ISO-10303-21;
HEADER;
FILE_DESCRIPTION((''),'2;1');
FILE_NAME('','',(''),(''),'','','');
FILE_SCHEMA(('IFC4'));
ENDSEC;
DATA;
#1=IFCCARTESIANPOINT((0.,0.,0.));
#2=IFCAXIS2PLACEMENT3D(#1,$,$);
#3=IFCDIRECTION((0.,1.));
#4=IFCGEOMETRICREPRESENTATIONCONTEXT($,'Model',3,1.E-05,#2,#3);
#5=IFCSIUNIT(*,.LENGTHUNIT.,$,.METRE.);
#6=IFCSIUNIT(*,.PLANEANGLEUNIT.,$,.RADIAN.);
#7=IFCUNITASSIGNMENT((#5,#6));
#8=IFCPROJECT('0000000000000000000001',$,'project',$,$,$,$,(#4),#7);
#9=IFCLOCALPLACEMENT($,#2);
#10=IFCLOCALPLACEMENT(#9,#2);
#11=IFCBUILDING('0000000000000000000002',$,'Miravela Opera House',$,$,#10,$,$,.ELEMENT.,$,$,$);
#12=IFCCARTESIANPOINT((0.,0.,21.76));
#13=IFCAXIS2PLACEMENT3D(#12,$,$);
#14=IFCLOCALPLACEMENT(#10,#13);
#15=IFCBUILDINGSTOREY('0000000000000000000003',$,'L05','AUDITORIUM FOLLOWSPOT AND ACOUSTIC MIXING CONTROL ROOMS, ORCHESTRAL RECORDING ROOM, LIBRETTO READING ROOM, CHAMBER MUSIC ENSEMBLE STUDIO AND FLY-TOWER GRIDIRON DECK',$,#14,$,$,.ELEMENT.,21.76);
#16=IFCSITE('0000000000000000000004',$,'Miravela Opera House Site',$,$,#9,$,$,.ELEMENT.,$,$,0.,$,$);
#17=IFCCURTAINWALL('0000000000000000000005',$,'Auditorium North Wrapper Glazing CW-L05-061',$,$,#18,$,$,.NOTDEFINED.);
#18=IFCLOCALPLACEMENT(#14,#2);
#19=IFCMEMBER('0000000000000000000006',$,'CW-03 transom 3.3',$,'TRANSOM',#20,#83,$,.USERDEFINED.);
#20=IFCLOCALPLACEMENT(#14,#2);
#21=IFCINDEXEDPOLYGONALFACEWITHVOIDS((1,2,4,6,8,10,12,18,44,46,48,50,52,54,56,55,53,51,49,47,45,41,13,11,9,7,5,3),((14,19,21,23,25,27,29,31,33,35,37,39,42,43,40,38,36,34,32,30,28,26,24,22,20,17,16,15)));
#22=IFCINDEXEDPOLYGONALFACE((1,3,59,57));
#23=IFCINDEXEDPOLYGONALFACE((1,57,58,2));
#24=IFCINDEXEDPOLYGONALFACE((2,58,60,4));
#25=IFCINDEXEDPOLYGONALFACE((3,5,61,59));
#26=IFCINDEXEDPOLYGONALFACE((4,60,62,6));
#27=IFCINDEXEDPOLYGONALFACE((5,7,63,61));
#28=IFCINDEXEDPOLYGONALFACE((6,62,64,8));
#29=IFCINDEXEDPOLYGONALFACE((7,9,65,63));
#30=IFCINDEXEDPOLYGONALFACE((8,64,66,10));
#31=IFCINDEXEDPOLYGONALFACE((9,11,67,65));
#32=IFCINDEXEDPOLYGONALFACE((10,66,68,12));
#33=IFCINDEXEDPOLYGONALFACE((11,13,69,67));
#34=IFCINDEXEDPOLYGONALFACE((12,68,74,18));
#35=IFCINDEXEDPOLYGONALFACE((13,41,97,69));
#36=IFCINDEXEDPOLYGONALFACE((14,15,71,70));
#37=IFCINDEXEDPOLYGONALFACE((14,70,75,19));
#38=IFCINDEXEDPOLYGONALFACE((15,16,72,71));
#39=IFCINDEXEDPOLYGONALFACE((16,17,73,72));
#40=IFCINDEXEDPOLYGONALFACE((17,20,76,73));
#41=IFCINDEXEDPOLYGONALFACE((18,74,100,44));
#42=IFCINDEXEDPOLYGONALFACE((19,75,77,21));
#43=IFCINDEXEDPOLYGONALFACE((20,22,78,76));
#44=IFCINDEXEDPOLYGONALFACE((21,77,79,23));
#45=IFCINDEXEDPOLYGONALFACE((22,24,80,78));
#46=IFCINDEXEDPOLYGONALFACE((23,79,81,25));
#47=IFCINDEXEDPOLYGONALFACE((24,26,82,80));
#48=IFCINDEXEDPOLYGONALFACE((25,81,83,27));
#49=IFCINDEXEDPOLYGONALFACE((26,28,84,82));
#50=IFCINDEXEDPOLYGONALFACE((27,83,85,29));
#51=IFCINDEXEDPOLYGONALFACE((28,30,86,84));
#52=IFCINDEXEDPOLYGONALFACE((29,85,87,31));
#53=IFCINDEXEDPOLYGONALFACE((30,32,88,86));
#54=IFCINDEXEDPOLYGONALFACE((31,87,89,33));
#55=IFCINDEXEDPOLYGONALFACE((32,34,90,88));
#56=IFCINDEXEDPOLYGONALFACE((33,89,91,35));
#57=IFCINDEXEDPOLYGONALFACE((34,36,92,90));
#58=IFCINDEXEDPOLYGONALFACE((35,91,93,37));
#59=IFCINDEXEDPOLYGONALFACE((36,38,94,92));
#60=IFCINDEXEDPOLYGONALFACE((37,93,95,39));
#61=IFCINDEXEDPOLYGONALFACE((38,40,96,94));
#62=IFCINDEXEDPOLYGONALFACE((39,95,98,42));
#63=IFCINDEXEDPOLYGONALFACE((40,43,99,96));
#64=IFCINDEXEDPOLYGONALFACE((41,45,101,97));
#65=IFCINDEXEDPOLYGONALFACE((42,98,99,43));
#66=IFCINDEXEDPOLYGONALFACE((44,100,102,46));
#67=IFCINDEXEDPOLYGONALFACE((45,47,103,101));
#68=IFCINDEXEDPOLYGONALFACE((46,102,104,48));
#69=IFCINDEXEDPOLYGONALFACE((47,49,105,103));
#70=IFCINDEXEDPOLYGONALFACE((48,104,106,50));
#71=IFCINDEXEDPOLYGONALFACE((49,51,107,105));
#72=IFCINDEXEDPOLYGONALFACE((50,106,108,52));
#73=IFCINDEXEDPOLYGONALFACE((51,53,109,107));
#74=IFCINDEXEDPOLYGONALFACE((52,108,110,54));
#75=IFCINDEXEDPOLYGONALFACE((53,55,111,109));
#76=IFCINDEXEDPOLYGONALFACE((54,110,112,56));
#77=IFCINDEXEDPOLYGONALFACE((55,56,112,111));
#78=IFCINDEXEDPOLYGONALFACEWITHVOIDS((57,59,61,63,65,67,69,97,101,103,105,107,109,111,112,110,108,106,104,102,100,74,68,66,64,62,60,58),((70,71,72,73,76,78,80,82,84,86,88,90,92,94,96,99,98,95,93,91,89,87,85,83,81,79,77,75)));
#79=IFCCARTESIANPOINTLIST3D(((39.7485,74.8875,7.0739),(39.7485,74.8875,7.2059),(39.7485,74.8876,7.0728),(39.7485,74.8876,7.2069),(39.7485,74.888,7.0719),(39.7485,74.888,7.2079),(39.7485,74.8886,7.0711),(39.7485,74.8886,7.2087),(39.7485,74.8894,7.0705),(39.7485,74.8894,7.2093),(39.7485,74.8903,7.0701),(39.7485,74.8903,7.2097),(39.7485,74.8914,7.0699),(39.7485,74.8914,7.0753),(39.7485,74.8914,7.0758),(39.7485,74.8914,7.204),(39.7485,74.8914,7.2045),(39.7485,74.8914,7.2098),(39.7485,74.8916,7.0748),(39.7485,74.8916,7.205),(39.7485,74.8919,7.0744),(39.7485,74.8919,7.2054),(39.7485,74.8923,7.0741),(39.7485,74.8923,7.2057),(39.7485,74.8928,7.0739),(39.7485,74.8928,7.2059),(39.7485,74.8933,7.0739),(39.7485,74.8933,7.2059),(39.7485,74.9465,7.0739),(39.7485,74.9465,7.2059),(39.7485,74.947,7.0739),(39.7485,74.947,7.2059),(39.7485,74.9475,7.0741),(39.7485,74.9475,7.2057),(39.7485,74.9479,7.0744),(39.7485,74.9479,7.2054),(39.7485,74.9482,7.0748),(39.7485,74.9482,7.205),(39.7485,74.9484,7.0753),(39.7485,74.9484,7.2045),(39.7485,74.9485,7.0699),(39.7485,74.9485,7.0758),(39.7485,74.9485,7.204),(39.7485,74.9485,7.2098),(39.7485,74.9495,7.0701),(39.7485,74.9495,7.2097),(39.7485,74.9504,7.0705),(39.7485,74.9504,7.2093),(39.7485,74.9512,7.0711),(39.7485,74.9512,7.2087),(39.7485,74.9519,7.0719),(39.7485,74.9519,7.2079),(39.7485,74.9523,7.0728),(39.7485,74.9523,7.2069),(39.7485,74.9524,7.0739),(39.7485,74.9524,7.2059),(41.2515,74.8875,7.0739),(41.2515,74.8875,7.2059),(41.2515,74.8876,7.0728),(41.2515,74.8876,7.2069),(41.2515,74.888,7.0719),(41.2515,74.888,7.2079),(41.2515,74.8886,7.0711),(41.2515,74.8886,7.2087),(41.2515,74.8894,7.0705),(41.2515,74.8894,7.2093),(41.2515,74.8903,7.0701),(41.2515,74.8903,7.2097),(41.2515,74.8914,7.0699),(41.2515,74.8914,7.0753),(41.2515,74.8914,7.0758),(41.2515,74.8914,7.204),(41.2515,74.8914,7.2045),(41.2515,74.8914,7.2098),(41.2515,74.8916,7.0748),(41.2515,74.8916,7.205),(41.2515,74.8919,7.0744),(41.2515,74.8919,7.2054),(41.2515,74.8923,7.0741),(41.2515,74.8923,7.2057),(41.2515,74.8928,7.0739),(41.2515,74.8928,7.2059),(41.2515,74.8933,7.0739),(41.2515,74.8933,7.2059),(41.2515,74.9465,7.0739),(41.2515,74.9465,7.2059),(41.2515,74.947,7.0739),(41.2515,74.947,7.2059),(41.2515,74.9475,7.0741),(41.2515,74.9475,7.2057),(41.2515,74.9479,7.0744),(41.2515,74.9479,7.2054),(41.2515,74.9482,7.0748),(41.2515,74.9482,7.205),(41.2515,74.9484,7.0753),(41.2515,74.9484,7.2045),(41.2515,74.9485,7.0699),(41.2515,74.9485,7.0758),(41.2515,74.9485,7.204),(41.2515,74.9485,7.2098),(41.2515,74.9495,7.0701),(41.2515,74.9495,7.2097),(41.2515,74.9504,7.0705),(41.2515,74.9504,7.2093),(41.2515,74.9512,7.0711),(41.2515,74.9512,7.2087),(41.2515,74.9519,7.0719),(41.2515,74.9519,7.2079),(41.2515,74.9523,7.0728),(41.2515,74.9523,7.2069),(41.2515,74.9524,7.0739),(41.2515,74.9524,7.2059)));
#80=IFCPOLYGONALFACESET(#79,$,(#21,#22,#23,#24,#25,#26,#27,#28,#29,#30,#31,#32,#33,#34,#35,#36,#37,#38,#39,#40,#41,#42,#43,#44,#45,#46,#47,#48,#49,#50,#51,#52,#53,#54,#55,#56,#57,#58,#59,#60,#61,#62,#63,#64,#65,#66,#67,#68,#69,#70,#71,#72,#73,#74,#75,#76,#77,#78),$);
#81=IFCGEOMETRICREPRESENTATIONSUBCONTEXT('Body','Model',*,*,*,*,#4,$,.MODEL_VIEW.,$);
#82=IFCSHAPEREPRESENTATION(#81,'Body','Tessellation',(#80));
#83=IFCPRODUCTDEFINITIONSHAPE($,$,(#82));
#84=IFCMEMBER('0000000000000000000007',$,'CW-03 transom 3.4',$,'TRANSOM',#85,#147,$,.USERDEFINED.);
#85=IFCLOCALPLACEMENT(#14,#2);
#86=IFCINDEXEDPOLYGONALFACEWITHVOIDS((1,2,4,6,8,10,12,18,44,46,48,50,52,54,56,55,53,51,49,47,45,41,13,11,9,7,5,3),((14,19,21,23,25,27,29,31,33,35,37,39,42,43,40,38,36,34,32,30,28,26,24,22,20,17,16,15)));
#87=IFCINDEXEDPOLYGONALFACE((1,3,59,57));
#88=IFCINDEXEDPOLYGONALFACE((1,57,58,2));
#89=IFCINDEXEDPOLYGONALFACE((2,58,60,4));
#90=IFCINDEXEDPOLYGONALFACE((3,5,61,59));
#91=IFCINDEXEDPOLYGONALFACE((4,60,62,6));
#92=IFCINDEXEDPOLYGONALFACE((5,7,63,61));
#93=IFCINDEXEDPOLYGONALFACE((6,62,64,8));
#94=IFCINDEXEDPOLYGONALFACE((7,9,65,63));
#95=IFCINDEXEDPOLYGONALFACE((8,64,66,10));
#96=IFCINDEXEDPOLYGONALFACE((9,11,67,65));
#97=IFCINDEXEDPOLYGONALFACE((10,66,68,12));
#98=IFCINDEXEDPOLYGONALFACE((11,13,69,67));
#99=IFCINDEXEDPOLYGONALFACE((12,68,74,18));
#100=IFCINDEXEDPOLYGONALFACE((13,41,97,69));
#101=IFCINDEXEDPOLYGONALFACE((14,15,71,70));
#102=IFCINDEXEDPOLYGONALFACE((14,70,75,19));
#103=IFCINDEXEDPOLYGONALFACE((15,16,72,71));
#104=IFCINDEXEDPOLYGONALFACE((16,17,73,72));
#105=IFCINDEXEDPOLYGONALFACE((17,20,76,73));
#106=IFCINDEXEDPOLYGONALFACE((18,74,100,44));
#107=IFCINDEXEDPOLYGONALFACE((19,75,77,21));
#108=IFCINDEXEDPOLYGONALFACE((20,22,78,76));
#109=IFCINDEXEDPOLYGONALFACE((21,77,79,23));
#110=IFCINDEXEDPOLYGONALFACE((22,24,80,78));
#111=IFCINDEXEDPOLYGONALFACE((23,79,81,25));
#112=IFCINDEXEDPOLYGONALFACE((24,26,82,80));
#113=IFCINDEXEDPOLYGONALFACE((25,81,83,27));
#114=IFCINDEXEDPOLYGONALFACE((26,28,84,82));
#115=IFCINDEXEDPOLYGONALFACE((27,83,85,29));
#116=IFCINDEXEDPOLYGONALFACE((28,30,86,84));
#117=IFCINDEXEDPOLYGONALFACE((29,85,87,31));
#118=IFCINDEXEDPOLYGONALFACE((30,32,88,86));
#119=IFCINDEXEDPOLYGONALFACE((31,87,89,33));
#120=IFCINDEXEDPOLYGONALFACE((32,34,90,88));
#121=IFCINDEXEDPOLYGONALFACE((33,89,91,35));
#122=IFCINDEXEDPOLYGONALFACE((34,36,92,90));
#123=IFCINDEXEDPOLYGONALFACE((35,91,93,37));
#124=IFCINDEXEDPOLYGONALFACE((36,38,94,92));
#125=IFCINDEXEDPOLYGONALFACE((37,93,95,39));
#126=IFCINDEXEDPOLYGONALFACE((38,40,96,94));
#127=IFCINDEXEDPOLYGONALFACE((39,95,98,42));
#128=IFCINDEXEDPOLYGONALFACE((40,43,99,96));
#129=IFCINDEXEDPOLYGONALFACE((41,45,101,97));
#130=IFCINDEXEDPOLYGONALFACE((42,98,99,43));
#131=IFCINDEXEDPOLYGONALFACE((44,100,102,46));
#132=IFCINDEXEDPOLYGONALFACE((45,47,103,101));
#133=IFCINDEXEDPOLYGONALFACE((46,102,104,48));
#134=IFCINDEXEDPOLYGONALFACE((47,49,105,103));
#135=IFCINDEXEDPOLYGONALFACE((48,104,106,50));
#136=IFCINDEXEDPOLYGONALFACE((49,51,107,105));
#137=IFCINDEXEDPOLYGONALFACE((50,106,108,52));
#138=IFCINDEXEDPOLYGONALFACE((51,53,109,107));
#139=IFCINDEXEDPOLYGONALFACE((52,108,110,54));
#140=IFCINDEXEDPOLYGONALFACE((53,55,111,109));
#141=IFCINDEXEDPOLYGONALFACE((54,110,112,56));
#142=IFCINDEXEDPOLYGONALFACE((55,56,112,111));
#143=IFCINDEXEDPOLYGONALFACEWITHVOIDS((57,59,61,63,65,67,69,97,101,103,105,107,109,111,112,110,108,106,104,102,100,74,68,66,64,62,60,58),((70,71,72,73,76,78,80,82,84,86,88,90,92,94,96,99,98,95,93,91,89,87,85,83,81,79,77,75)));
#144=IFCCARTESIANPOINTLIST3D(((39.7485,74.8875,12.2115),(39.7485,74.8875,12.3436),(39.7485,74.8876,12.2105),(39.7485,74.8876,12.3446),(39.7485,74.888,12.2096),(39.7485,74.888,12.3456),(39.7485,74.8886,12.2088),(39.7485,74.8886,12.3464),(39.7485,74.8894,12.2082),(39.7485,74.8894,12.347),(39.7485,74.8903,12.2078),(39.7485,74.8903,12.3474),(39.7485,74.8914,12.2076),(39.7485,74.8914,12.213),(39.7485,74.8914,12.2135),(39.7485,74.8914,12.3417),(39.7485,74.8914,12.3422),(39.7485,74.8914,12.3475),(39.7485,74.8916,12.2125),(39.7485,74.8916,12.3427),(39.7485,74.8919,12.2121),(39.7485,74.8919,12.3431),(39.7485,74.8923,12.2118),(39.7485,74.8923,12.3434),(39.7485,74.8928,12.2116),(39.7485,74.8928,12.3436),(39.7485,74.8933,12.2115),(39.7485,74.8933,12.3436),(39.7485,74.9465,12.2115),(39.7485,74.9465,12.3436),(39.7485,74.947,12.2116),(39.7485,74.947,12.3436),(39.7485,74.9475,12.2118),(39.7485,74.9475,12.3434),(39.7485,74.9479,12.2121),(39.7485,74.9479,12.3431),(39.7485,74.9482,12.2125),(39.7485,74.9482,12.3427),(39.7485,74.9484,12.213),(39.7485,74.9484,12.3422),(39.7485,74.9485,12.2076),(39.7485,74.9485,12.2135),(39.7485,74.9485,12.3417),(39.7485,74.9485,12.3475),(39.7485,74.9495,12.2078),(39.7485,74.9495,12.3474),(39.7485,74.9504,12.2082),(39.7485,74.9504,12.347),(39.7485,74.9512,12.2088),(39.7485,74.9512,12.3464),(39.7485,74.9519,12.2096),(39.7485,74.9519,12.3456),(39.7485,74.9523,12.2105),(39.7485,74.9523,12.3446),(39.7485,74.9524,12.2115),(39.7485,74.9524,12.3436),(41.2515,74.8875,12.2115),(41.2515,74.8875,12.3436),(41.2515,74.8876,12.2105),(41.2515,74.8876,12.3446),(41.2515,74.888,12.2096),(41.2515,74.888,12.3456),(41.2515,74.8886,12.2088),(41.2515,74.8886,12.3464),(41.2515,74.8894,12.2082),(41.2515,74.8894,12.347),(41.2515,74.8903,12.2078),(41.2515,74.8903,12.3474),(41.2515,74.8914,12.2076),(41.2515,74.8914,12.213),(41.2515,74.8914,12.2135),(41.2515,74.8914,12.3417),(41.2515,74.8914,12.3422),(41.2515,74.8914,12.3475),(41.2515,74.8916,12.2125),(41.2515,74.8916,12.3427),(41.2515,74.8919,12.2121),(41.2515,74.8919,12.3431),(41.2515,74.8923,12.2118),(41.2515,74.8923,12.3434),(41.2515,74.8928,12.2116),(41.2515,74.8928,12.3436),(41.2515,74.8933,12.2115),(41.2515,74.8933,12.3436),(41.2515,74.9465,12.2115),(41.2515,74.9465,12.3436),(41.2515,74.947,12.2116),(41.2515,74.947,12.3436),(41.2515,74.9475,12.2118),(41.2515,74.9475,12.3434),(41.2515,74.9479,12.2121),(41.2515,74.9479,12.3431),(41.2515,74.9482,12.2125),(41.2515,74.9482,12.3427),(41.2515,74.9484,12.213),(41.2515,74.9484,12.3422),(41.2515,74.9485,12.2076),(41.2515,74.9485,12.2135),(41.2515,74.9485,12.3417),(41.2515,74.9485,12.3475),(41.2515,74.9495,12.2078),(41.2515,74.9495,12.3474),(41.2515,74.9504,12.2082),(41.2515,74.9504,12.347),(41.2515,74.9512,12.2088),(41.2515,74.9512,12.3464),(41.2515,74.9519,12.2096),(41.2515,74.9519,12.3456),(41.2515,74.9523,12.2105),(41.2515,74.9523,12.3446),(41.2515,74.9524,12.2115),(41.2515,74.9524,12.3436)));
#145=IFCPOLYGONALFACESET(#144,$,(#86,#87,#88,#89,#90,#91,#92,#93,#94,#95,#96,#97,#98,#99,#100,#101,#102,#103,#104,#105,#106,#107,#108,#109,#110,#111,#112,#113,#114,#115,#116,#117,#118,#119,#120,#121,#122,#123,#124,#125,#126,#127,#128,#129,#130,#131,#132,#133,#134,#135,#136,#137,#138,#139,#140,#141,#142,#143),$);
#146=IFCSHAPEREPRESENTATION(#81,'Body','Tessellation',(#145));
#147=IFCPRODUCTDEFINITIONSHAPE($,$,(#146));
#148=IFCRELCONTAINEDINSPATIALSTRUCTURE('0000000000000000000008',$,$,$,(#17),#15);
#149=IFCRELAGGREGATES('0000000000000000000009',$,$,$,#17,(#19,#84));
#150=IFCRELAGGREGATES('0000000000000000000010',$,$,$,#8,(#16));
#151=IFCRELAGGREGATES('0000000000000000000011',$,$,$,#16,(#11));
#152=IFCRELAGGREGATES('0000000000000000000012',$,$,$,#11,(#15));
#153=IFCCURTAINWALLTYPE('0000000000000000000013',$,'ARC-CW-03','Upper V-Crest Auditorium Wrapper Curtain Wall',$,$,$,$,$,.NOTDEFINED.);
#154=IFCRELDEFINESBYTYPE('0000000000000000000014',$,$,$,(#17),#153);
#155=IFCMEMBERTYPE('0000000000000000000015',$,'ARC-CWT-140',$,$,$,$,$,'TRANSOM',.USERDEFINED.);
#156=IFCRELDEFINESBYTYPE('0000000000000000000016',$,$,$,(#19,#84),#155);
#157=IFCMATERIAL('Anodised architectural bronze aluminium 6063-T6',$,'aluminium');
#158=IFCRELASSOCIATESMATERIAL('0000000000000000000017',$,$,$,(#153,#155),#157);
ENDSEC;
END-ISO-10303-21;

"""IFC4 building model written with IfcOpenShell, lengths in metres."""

from ifc_helpers import new_model, si_unit, direction, frame, origin, origin_2d, place, context, subcontext, project, spatial, hollow_rectangle, extrude, material, material_profile, profile_set, type_object, element, aggregate, save


model = new_model("IFC4")

# Units and contexts
model_context = context("Model", 3, precision=1e-05, world=origin(), true_north=direction((0.0, 1.0)))
body_context = subcontext(model_context, "Body", "Model", "MODEL_VIEW")
ifc_project = project(units=[si_unit("LENGTHUNIT", "METRE"), si_unit("PLANEANGLEUNIT", "RADIAN")], contexts=[model_context])

# Site, building, storey
site_placement = place(None, origin())
site = spatial("IfcSite", under=ifc_project, at=site_placement, Name="Miravela Opera House Site", CompositionType="ELEMENT", RefElevation=0.0)
building_placement = place(site_placement, origin())
building = spatial("IfcBuilding", under=site, at=building_placement, Name="Miravela Opera House", CompositionType="ELEMENT")
storey_placement = place(building_placement, frame((0.0, 0.0, 21.76)))
storey = spatial("IfcBuildingStorey", under=building, at=storey_placement, Name="L05", Description="AUDITORIUM FOLLOWSPOT AND ACOUSTIC MIXING CONTROL ROOMS, ORCHESTRAL RECORDING ROOM, LIBRETTO READING ROOM, CHAMBER MUSIC ENSEMBLE STUDIO AND FLY-TOWER GRIDIRON DECK", CompositionType="ELEMENT", Elevation=21.76)

# Curtain wall, members
ifc_material_1 = material(Name="Anodised architectural bronze aluminium 6063-T6", Category="aluminium")
curtain_wall_type = type_object("IfcCurtainWallType", Name="ARC-CW-03", Description="Upper V-Crest Auditorium Wrapper Curtain Wall", PredefinedType="NOTDEFINED", material=ifc_material_1)
curtain_wall_placement = place(storey_placement, origin())
curtain_wall = element("IfcCurtainWall", 1, at=curtain_wall_placement, inside=storey, type_object=curtain_wall_type, Name="Auditorium North Wrapper Glazing CW-L05-061", PredefinedType="NOTDEFINED")
ifc_material_profile = material_profile(ifc_material_1, hollow_rectangle(XDim=0.0649, YDim=0.1399, WallThickness=0.0039, InnerFilletRadius=0.002, OuterFilletRadius=0.0039, at=origin_2d()), Name="CWT-65X140")
ifc_profile_set = profile_set([ifc_material_profile])
member_type = type_object("IfcMemberType", Name="ARC-CWT-140", ElementType="TRANSOM", PredefinedType="USERDEFINED", material=ifc_profile_set)
member_1_placement = place(storey_placement, frame((39.7485, 74.9199, 7.1399), z_axis=(1.0, 0.0, 0.0), x_axis=(0.0, 1.0, 0.0)))
member_1 = element("IfcMember", 2, at=member_1_placement, type_object=member_type, Name="CW-03 transom 3.3", ObjectType="TRANSOM", PredefinedType="USERDEFINED", context=body_context, shape_type="SweptSolid", body=[
    extrude(hollow_rectangle(XDim=0.0649, YDim=0.1399, WallThickness=0.0039, InnerFilletRadius=0.002, OuterFilletRadius=0.0039, at=origin_2d()), origin(), (0.0, 0.0, 1.0), 1.5029),
])
member_2_placement = place(storey_placement, frame((39.7485, 74.9199, 12.2776), z_axis=(1.0, 0.0, 0.0), x_axis=(0.0, 1.0, 0.0)))
member_2 = element("IfcMember", 3, at=member_2_placement, type_object=member_type, Name="CW-03 transom 3.4", ObjectType="TRANSOM", PredefinedType="USERDEFINED", context=body_context, shape_type="SweptSolid", body=[
    extrude(hollow_rectangle(XDim=0.0649, YDim=0.1399, WallThickness=0.0039, InnerFilletRadius=0.002, OuterFilletRadius=0.0039, at=origin_2d()), origin(), (0.0, 0.0, 1.0), 1.5029),
])
aggregate(curtain_wall, [member_1, member_2])

save(model, "model.ifc")
